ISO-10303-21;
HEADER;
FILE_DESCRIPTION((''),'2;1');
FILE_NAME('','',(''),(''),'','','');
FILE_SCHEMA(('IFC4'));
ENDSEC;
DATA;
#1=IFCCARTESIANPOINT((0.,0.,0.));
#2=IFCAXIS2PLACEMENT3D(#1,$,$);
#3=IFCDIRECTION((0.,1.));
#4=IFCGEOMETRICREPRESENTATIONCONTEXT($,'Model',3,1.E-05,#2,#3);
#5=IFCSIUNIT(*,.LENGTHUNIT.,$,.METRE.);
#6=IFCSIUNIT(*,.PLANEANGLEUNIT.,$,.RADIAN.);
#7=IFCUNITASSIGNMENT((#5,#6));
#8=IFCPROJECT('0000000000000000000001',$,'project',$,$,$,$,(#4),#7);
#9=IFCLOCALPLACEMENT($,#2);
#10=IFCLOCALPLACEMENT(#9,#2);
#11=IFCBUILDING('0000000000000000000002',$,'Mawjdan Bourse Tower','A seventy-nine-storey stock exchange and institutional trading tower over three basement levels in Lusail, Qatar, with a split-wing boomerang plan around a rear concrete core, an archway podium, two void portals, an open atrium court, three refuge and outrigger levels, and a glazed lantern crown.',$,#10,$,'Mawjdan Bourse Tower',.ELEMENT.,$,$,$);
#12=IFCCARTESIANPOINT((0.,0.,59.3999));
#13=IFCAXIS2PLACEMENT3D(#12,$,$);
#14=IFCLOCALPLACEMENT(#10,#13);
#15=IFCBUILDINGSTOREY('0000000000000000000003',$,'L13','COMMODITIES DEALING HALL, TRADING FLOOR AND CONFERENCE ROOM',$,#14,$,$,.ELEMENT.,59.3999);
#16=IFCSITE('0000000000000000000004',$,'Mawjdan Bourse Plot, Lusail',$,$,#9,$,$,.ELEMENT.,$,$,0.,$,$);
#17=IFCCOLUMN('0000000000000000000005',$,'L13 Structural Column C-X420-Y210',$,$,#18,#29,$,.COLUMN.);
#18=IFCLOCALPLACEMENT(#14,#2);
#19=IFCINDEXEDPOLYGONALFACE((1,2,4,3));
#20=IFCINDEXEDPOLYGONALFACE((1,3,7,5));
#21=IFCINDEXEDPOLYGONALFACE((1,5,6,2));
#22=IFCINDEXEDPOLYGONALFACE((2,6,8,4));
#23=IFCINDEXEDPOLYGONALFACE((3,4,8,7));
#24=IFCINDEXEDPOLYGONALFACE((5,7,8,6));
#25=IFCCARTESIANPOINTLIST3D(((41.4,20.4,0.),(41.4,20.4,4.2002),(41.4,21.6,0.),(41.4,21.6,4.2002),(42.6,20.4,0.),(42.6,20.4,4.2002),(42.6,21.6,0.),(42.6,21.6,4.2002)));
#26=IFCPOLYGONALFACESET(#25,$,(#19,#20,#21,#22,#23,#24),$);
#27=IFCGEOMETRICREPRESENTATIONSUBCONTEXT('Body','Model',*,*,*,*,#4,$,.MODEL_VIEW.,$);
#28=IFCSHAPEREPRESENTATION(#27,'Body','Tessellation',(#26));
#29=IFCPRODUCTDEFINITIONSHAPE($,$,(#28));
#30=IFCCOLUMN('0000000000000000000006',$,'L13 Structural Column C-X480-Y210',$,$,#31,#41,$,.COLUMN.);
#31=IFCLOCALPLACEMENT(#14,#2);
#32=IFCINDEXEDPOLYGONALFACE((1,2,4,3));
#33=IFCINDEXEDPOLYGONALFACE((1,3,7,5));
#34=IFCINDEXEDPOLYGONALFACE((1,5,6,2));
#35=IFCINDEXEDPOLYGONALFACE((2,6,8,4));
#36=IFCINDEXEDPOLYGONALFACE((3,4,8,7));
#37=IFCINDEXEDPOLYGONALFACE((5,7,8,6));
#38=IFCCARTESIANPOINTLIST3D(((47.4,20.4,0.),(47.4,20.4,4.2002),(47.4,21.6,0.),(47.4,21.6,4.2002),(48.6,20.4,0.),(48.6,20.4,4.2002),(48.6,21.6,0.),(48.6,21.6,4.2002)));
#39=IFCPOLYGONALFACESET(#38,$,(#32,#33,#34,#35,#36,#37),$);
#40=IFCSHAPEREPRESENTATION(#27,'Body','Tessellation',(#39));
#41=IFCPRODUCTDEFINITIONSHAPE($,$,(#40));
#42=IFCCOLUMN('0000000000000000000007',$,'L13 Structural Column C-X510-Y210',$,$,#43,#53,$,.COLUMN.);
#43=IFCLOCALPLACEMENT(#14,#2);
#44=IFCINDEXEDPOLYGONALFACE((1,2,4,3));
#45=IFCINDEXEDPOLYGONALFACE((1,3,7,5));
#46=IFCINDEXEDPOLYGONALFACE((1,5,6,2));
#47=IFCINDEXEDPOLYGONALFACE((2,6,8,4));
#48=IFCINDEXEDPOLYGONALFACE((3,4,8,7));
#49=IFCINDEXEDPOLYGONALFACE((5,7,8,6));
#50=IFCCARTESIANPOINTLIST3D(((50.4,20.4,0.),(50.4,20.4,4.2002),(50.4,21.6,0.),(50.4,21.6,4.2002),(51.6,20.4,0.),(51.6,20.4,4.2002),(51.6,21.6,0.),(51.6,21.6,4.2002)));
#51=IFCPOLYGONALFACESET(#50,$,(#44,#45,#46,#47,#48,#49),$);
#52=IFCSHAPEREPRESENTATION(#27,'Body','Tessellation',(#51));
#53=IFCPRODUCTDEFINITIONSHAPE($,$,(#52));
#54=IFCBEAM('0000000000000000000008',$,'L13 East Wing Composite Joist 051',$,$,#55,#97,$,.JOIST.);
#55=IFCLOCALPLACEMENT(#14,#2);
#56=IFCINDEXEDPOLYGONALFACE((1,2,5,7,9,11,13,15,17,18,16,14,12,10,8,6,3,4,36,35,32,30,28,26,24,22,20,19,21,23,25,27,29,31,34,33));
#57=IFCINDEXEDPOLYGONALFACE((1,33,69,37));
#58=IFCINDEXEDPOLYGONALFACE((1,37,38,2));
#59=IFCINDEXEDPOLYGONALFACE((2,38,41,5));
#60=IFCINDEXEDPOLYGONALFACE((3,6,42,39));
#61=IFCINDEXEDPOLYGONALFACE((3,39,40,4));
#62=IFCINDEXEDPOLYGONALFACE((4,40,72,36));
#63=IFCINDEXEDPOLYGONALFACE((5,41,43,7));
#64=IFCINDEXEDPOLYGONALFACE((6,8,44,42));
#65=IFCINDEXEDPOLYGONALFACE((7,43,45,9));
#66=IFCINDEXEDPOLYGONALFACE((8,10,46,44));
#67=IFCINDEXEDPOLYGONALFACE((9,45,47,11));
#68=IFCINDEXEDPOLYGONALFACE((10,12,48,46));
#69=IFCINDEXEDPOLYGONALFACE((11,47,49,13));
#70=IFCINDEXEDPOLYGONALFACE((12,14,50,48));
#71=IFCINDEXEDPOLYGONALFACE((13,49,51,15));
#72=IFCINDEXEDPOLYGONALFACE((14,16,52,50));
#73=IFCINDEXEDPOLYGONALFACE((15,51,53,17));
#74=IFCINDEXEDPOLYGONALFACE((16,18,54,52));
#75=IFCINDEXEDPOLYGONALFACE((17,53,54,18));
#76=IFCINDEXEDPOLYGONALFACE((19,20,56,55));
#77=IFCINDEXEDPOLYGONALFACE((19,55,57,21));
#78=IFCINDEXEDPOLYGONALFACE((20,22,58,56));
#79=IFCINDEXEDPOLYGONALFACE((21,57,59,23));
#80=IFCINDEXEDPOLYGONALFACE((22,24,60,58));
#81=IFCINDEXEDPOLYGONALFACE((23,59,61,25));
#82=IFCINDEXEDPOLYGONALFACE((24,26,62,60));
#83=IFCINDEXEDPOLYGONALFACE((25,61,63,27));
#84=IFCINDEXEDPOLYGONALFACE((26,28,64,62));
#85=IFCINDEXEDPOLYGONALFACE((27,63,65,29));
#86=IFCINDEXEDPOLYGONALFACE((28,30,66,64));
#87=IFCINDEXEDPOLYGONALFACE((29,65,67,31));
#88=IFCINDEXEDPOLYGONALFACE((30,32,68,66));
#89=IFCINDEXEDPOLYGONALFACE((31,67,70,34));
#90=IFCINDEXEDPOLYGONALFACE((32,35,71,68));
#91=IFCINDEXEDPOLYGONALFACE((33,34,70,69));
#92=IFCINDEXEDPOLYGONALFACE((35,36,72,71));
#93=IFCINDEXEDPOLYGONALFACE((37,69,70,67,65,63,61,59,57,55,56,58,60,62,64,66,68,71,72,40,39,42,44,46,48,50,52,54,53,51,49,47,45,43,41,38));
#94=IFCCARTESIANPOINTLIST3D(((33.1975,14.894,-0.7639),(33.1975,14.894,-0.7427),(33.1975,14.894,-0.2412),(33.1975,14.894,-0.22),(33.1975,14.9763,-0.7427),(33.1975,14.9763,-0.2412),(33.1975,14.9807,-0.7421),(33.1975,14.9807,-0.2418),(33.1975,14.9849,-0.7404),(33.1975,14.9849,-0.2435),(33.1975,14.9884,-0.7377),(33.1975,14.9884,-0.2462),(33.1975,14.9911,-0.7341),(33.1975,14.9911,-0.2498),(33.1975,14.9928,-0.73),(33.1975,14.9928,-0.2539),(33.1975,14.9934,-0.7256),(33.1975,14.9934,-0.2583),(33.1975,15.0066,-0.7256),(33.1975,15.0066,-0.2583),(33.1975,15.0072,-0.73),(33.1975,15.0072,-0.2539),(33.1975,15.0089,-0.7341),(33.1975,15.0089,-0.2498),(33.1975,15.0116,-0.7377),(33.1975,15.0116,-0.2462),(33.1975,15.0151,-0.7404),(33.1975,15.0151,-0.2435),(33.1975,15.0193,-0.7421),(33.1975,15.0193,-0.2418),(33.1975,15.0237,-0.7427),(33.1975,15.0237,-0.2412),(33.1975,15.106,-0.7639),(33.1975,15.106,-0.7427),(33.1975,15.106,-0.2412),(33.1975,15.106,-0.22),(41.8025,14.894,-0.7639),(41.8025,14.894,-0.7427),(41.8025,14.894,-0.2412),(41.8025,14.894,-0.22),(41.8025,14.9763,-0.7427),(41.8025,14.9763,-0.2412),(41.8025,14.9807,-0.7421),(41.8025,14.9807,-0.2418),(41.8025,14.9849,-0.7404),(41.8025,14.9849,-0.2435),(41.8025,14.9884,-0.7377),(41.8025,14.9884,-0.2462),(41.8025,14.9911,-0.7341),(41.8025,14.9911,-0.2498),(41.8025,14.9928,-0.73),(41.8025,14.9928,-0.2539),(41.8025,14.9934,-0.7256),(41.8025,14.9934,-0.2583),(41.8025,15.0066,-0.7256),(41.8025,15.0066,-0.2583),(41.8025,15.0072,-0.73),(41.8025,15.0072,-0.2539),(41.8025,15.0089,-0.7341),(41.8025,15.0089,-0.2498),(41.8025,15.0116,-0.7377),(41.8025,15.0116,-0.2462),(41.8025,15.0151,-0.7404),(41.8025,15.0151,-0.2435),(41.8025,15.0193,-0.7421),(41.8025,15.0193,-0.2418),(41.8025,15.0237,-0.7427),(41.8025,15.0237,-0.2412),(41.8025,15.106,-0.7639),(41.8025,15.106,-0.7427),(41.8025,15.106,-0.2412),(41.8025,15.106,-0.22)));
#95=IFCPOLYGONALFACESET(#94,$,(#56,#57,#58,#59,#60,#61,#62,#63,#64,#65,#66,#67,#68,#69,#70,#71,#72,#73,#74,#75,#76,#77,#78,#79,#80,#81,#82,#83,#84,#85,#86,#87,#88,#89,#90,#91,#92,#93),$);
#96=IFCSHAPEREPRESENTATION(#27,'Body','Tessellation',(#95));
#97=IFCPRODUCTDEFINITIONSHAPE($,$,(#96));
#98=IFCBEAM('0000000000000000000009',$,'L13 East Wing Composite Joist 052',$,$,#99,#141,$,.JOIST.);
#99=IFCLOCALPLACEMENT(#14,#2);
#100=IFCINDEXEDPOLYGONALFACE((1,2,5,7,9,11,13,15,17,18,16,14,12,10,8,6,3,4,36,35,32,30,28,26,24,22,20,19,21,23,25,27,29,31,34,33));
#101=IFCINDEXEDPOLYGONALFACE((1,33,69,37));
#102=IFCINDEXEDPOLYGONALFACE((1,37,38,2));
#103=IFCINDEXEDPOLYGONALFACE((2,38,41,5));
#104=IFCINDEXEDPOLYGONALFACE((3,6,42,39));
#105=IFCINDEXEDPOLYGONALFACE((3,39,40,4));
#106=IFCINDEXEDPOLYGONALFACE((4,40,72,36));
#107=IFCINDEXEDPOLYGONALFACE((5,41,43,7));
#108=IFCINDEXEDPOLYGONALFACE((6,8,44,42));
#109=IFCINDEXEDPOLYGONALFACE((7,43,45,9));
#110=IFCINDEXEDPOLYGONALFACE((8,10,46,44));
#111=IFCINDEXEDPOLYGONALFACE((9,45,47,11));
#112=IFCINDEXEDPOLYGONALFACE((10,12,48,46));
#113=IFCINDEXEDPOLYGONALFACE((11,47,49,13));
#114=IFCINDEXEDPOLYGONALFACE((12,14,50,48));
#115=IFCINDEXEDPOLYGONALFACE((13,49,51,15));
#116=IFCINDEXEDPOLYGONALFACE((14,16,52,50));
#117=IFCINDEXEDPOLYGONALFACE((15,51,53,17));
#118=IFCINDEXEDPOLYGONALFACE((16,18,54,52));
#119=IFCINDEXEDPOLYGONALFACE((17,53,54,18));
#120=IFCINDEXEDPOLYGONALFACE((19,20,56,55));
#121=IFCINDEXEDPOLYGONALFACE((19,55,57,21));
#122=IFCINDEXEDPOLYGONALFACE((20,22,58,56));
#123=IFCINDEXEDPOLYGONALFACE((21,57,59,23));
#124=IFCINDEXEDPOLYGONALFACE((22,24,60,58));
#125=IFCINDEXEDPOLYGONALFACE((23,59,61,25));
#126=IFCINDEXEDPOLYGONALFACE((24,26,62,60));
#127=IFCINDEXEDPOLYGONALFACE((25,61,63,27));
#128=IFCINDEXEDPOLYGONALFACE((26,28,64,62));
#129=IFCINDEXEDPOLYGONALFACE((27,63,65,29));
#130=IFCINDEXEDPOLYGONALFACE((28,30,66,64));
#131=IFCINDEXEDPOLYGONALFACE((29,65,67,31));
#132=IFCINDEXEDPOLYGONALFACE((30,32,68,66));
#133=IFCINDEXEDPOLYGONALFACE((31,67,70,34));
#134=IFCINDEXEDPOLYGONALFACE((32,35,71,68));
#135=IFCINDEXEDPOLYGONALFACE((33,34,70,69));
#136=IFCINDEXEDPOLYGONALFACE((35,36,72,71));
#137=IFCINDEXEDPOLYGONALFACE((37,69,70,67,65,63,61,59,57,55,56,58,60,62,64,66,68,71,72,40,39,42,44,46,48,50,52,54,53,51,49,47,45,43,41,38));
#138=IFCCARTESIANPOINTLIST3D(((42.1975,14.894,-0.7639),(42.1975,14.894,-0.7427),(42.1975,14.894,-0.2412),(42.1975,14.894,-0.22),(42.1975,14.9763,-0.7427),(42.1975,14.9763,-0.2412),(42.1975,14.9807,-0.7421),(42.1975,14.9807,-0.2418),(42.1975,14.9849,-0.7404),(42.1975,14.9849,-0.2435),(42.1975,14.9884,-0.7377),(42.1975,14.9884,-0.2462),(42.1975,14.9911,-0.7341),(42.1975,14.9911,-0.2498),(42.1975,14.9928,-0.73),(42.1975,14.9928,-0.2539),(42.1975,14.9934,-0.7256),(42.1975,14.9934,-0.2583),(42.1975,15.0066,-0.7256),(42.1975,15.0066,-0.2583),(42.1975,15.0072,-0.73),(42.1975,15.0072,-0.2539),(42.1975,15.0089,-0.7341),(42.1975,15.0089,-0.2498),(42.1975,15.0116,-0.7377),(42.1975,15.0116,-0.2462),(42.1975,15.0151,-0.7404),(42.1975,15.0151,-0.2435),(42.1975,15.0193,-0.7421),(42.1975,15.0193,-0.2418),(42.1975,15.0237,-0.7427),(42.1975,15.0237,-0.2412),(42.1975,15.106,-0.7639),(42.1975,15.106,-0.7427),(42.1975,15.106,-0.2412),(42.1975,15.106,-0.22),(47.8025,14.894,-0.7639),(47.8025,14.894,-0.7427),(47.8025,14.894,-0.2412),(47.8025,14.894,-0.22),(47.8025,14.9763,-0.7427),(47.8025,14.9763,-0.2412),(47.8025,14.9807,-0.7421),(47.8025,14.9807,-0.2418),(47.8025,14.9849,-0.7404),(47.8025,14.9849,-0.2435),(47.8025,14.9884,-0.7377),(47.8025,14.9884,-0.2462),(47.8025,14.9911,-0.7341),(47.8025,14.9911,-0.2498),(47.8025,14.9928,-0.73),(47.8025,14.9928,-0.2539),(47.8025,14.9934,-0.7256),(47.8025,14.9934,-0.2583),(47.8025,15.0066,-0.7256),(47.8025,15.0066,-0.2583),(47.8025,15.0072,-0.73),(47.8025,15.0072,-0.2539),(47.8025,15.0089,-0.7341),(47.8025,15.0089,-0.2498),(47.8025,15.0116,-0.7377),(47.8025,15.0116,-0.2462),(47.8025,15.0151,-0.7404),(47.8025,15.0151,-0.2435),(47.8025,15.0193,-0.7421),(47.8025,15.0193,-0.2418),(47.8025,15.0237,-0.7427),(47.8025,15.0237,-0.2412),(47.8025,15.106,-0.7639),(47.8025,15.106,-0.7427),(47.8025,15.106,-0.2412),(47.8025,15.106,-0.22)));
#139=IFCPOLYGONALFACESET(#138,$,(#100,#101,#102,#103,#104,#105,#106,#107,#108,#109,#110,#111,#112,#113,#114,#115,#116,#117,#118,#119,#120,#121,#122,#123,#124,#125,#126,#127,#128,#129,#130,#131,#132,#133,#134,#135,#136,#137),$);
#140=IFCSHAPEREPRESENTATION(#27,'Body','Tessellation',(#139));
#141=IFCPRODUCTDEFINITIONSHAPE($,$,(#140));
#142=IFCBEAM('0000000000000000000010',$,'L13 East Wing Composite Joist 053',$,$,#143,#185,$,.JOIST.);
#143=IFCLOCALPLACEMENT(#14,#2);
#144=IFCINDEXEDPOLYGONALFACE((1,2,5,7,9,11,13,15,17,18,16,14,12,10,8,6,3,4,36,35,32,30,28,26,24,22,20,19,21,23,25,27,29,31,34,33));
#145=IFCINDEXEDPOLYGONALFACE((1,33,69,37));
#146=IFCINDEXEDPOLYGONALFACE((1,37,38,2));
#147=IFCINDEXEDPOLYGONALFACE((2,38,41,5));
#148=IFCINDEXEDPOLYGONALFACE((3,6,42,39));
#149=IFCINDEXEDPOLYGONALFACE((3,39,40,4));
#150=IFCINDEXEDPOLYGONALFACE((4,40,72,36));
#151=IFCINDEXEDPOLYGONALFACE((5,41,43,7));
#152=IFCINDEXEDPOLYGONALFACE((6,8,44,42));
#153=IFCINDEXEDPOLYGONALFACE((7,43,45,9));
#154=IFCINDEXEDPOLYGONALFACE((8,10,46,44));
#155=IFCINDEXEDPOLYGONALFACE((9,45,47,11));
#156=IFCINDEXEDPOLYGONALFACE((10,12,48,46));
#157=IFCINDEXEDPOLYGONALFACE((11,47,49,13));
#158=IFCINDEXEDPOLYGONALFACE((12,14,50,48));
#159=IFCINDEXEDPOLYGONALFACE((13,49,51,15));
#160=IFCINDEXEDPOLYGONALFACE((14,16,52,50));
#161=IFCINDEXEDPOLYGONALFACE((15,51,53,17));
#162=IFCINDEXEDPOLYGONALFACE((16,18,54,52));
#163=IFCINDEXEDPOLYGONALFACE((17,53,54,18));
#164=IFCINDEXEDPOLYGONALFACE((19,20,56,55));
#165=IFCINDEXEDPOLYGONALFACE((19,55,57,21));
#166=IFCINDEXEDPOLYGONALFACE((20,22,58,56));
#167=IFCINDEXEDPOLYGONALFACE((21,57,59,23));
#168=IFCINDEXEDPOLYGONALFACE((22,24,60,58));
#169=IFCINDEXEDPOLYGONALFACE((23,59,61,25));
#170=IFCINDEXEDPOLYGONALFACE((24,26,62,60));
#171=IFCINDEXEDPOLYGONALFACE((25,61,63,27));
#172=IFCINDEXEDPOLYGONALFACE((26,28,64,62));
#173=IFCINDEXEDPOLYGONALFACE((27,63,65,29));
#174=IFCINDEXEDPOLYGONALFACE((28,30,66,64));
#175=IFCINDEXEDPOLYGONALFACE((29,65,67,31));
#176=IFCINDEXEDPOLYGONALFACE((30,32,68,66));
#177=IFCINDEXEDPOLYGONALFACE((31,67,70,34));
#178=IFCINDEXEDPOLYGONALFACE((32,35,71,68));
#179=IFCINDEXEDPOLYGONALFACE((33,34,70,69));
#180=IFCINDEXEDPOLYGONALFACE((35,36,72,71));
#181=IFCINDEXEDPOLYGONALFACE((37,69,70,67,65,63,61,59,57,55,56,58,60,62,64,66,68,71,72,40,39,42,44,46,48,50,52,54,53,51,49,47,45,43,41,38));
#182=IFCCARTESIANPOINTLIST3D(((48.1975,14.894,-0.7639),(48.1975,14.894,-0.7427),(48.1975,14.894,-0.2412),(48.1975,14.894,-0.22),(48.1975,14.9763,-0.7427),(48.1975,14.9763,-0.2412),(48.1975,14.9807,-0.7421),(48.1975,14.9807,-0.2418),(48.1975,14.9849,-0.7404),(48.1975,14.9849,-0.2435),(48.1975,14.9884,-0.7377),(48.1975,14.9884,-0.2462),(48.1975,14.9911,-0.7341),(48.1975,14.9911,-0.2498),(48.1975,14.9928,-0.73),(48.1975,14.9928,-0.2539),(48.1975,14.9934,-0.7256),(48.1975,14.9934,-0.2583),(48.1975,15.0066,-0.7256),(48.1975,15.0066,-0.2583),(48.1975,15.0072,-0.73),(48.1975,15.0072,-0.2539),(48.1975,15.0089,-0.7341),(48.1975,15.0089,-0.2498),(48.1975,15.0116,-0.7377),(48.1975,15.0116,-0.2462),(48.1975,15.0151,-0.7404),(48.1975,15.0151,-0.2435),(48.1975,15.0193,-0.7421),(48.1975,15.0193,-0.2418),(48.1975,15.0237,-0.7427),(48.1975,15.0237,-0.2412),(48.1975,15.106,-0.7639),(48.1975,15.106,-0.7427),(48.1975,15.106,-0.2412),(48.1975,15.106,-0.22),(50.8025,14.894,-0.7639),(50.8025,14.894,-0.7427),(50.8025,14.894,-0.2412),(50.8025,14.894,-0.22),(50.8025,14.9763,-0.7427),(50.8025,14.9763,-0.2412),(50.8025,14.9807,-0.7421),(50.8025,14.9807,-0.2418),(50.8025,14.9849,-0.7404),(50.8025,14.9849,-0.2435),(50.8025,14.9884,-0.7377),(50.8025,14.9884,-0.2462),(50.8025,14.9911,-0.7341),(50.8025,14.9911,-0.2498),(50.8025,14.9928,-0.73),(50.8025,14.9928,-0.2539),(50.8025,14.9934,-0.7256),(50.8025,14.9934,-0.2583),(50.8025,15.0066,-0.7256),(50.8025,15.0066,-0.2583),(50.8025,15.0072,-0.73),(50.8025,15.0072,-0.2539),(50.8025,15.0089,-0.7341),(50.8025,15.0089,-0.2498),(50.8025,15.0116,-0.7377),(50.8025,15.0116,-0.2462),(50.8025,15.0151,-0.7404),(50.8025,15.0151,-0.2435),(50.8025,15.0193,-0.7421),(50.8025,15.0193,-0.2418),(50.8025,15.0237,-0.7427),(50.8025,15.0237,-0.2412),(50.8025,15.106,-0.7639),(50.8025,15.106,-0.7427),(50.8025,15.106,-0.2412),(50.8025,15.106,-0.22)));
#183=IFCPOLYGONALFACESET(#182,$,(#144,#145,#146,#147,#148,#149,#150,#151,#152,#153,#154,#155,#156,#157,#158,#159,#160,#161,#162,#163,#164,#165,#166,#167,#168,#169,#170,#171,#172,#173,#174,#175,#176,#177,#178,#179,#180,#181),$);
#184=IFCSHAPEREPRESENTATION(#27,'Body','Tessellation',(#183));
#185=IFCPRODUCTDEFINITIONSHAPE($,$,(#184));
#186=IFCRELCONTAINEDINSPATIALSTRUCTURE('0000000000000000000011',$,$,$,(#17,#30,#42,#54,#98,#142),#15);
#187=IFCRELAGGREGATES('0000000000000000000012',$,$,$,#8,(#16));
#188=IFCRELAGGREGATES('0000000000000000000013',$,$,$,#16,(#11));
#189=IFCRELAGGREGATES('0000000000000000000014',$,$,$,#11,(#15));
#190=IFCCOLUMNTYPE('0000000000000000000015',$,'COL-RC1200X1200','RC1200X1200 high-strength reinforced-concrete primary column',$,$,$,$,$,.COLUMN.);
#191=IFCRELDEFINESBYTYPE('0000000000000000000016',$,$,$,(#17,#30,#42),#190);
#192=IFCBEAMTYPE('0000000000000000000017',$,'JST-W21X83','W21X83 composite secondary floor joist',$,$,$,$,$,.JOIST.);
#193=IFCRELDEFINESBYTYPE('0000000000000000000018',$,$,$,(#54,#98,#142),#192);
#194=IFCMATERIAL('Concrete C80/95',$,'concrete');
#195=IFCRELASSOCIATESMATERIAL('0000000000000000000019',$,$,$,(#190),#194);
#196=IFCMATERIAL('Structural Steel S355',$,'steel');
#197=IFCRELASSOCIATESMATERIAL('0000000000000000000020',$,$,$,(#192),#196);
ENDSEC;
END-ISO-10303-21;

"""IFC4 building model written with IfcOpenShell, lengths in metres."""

from ifc_helpers import new_model, si_unit, direction, frame, origin, origin_2d, place, context, subcontext, project, spatial, rectangle, i_section, extrude, material, material_profile, profile_set, type_object, element, save


model = new_model("IFC4")

# Units and contexts
model_context = context("Model", 3, precision=1e-05, world=origin(), true_north=direction((0.0, 1.0)))
body_context = subcontext(model_context, "Body", "Model", "MODEL_VIEW")
ifc_project = project(units=[si_unit("LENGTHUNIT", "METRE"), si_unit("PLANEANGLEUNIT", "RADIAN")], contexts=[model_context])

# Site, building, storey
site_placement = place(None, origin())
site = spatial("IfcSite", under=ifc_project, at=site_placement, Name="Mawjdan Bourse Plot, Lusail", CompositionType="ELEMENT", RefElevation=0.0)
building_placement = place(site_placement, origin())
building = spatial("IfcBuilding", under=site, at=building_placement, Name="Mawjdan Bourse Tower", Description="A seventy-nine-storey stock exchange and institutional trading tower over three basement levels in Lusail, Qatar, with a split-wing boomerang plan around a rear concrete core, an archway podium, two void portals, an open atrium court, three refuge and outrigger levels, and a glazed lantern crown.", LongName="Mawjdan Bourse Tower", CompositionType="ELEMENT")
storey_placement = place(building_placement, frame((0.0, 0.0, 59.3999)))
storey = spatial("IfcBuildingStorey", under=building, at=storey_placement, Name="L13", Description="COMMODITIES DEALING HALL, TRADING FLOOR AND CONFERENCE ROOM", CompositionType="ELEMENT", Elevation=59.3999)

# Columns
ifc_material_1 = material(Name="Concrete C80/95", Category="concrete")
ifc_material_profile_1 = material_profile(ifc_material_1, rectangle(XDim=1.2, YDim=1.2, at=origin_2d()), Name="RC1200X1200")
ifc_profile_set_1 = profile_set([ifc_material_profile_1], Name="Concrete C80/95")
column_type = type_object("IfcColumnType", Name="COL-RC1200X1200", Description="RC1200X1200 high-strength reinforced-concrete primary column", PredefinedType="COLUMN", material=ifc_profile_set_1)
for number, where, z_axis, x_axis, name in (
    (1, (42.0, 21.0, 0.0), (0.0, 0.0, 1.0), (1.0, 0.0, 0.0), "L13 Structural Column C-X420-Y210"),
    (2, (48.0, 21.0, 0.0), (0.0, 0.0, 1.0), (1.0, 0.0, 0.0), "L13 Structural Column C-X480-Y210"),
    (3, (51.0, 21.0, 0.0), (0.0, 0.0, 1.0), (1.0, 0.0, 0.0), "L13 Structural Column C-X510-Y210"),
):
    element("IfcColumn", number, at=place(storey_placement, frame(where, z_axis=z_axis, x_axis=x_axis)), inside=storey, type_object=column_type, Name=name, PredefinedType="COLUMN", context=body_context, shape_type="SweptSolid", body=[
        extrude(rectangle(XDim=1.2, YDim=1.2, at=origin_2d()), origin(), (0.0, 0.0, 1.0), 4.2002),
    ])

# Beams
ifc_material_2 = material(Name="Structural Steel S355", Category="steel")
ifc_material_profile_2 = material_profile(ifc_material_2, i_section(OverallWidth=0.2119, OverallDepth=0.5439, WebThickness=0.0132, FlangeThickness=0.0212, FilletRadius=0.0171, at=origin_2d()), Name="W21X83")
ifc_profile_set_2 = profile_set([ifc_material_profile_2], Name="Structural Steel S355")
beam_type_1 = type_object("IfcBeamType", Name="JST-W21X83", Description="W21X83 composite secondary floor joist", PredefinedType="JOIST", material=ifc_profile_set_2)
beam_1_placement = place(storey_placement, frame((33.1975, 15.0, -0.4919), z_axis=(1.0, 0.0, 0.0), x_axis=(0.0, 1.0, 0.0)))
element("IfcBeam", 4, at=beam_1_placement, inside=storey, type_object=beam_type_1, Name="L13 East Wing Composite Joist 051", PredefinedType="JOIST", context=body_context, shape_type="SweptSolid", body=[
    extrude(i_section(OverallWidth=0.2119, OverallDepth=0.5439, WebThickness=0.0132, FlangeThickness=0.0212, FilletRadius=0.0171, at=origin_2d()), origin(), (0.0, 0.0, 1.0), 8.605),
])
beam_2_placement = place(storey_placement, frame((42.1975, 15.0, -0.4919), z_axis=(1.0, 0.0, 0.0), x_axis=(0.0, 1.0, 0.0)))
element("IfcBeam", 5, at=beam_2_placement, inside=storey, type_object=beam_type_1, Name="L13 East Wing Composite Joist 052", PredefinedType="JOIST", context=body_context, shape_type="SweptSolid", body=[
    extrude(i_section(OverallWidth=0.2119, OverallDepth=0.5439, WebThickness=0.0132, FlangeThickness=0.0212, FilletRadius=0.0171, at=origin_2d()), origin(), (0.0, 0.0, 1.0), 5.605),
])
for number, where, z_axis, x_axis, name in (
    (6, (48.1975, 15.0, -0.4919), (1.0, 0.0, 0.0), (0.0, 1.0, 0.0), "L13 East Wing Composite Joist 053"),
):
    element("IfcBeam", number, at=place(storey_placement, frame(where, z_axis=z_axis, x_axis=x_axis)), inside=storey, type_object=beam_type_1, Name=name, PredefinedType="JOIST", context=body_context, shape_type="SweptSolid", body=[
        extrude(i_section(OverallWidth=0.2119, OverallDepth=0.5439, WebThickness=0.0132, FlangeThickness=0.0212, FilletRadius=0.0171, at=origin_2d()), origin(), (0.0, 0.0, 1.0), 2.605),
    ])

save(model, "model.ifc")
